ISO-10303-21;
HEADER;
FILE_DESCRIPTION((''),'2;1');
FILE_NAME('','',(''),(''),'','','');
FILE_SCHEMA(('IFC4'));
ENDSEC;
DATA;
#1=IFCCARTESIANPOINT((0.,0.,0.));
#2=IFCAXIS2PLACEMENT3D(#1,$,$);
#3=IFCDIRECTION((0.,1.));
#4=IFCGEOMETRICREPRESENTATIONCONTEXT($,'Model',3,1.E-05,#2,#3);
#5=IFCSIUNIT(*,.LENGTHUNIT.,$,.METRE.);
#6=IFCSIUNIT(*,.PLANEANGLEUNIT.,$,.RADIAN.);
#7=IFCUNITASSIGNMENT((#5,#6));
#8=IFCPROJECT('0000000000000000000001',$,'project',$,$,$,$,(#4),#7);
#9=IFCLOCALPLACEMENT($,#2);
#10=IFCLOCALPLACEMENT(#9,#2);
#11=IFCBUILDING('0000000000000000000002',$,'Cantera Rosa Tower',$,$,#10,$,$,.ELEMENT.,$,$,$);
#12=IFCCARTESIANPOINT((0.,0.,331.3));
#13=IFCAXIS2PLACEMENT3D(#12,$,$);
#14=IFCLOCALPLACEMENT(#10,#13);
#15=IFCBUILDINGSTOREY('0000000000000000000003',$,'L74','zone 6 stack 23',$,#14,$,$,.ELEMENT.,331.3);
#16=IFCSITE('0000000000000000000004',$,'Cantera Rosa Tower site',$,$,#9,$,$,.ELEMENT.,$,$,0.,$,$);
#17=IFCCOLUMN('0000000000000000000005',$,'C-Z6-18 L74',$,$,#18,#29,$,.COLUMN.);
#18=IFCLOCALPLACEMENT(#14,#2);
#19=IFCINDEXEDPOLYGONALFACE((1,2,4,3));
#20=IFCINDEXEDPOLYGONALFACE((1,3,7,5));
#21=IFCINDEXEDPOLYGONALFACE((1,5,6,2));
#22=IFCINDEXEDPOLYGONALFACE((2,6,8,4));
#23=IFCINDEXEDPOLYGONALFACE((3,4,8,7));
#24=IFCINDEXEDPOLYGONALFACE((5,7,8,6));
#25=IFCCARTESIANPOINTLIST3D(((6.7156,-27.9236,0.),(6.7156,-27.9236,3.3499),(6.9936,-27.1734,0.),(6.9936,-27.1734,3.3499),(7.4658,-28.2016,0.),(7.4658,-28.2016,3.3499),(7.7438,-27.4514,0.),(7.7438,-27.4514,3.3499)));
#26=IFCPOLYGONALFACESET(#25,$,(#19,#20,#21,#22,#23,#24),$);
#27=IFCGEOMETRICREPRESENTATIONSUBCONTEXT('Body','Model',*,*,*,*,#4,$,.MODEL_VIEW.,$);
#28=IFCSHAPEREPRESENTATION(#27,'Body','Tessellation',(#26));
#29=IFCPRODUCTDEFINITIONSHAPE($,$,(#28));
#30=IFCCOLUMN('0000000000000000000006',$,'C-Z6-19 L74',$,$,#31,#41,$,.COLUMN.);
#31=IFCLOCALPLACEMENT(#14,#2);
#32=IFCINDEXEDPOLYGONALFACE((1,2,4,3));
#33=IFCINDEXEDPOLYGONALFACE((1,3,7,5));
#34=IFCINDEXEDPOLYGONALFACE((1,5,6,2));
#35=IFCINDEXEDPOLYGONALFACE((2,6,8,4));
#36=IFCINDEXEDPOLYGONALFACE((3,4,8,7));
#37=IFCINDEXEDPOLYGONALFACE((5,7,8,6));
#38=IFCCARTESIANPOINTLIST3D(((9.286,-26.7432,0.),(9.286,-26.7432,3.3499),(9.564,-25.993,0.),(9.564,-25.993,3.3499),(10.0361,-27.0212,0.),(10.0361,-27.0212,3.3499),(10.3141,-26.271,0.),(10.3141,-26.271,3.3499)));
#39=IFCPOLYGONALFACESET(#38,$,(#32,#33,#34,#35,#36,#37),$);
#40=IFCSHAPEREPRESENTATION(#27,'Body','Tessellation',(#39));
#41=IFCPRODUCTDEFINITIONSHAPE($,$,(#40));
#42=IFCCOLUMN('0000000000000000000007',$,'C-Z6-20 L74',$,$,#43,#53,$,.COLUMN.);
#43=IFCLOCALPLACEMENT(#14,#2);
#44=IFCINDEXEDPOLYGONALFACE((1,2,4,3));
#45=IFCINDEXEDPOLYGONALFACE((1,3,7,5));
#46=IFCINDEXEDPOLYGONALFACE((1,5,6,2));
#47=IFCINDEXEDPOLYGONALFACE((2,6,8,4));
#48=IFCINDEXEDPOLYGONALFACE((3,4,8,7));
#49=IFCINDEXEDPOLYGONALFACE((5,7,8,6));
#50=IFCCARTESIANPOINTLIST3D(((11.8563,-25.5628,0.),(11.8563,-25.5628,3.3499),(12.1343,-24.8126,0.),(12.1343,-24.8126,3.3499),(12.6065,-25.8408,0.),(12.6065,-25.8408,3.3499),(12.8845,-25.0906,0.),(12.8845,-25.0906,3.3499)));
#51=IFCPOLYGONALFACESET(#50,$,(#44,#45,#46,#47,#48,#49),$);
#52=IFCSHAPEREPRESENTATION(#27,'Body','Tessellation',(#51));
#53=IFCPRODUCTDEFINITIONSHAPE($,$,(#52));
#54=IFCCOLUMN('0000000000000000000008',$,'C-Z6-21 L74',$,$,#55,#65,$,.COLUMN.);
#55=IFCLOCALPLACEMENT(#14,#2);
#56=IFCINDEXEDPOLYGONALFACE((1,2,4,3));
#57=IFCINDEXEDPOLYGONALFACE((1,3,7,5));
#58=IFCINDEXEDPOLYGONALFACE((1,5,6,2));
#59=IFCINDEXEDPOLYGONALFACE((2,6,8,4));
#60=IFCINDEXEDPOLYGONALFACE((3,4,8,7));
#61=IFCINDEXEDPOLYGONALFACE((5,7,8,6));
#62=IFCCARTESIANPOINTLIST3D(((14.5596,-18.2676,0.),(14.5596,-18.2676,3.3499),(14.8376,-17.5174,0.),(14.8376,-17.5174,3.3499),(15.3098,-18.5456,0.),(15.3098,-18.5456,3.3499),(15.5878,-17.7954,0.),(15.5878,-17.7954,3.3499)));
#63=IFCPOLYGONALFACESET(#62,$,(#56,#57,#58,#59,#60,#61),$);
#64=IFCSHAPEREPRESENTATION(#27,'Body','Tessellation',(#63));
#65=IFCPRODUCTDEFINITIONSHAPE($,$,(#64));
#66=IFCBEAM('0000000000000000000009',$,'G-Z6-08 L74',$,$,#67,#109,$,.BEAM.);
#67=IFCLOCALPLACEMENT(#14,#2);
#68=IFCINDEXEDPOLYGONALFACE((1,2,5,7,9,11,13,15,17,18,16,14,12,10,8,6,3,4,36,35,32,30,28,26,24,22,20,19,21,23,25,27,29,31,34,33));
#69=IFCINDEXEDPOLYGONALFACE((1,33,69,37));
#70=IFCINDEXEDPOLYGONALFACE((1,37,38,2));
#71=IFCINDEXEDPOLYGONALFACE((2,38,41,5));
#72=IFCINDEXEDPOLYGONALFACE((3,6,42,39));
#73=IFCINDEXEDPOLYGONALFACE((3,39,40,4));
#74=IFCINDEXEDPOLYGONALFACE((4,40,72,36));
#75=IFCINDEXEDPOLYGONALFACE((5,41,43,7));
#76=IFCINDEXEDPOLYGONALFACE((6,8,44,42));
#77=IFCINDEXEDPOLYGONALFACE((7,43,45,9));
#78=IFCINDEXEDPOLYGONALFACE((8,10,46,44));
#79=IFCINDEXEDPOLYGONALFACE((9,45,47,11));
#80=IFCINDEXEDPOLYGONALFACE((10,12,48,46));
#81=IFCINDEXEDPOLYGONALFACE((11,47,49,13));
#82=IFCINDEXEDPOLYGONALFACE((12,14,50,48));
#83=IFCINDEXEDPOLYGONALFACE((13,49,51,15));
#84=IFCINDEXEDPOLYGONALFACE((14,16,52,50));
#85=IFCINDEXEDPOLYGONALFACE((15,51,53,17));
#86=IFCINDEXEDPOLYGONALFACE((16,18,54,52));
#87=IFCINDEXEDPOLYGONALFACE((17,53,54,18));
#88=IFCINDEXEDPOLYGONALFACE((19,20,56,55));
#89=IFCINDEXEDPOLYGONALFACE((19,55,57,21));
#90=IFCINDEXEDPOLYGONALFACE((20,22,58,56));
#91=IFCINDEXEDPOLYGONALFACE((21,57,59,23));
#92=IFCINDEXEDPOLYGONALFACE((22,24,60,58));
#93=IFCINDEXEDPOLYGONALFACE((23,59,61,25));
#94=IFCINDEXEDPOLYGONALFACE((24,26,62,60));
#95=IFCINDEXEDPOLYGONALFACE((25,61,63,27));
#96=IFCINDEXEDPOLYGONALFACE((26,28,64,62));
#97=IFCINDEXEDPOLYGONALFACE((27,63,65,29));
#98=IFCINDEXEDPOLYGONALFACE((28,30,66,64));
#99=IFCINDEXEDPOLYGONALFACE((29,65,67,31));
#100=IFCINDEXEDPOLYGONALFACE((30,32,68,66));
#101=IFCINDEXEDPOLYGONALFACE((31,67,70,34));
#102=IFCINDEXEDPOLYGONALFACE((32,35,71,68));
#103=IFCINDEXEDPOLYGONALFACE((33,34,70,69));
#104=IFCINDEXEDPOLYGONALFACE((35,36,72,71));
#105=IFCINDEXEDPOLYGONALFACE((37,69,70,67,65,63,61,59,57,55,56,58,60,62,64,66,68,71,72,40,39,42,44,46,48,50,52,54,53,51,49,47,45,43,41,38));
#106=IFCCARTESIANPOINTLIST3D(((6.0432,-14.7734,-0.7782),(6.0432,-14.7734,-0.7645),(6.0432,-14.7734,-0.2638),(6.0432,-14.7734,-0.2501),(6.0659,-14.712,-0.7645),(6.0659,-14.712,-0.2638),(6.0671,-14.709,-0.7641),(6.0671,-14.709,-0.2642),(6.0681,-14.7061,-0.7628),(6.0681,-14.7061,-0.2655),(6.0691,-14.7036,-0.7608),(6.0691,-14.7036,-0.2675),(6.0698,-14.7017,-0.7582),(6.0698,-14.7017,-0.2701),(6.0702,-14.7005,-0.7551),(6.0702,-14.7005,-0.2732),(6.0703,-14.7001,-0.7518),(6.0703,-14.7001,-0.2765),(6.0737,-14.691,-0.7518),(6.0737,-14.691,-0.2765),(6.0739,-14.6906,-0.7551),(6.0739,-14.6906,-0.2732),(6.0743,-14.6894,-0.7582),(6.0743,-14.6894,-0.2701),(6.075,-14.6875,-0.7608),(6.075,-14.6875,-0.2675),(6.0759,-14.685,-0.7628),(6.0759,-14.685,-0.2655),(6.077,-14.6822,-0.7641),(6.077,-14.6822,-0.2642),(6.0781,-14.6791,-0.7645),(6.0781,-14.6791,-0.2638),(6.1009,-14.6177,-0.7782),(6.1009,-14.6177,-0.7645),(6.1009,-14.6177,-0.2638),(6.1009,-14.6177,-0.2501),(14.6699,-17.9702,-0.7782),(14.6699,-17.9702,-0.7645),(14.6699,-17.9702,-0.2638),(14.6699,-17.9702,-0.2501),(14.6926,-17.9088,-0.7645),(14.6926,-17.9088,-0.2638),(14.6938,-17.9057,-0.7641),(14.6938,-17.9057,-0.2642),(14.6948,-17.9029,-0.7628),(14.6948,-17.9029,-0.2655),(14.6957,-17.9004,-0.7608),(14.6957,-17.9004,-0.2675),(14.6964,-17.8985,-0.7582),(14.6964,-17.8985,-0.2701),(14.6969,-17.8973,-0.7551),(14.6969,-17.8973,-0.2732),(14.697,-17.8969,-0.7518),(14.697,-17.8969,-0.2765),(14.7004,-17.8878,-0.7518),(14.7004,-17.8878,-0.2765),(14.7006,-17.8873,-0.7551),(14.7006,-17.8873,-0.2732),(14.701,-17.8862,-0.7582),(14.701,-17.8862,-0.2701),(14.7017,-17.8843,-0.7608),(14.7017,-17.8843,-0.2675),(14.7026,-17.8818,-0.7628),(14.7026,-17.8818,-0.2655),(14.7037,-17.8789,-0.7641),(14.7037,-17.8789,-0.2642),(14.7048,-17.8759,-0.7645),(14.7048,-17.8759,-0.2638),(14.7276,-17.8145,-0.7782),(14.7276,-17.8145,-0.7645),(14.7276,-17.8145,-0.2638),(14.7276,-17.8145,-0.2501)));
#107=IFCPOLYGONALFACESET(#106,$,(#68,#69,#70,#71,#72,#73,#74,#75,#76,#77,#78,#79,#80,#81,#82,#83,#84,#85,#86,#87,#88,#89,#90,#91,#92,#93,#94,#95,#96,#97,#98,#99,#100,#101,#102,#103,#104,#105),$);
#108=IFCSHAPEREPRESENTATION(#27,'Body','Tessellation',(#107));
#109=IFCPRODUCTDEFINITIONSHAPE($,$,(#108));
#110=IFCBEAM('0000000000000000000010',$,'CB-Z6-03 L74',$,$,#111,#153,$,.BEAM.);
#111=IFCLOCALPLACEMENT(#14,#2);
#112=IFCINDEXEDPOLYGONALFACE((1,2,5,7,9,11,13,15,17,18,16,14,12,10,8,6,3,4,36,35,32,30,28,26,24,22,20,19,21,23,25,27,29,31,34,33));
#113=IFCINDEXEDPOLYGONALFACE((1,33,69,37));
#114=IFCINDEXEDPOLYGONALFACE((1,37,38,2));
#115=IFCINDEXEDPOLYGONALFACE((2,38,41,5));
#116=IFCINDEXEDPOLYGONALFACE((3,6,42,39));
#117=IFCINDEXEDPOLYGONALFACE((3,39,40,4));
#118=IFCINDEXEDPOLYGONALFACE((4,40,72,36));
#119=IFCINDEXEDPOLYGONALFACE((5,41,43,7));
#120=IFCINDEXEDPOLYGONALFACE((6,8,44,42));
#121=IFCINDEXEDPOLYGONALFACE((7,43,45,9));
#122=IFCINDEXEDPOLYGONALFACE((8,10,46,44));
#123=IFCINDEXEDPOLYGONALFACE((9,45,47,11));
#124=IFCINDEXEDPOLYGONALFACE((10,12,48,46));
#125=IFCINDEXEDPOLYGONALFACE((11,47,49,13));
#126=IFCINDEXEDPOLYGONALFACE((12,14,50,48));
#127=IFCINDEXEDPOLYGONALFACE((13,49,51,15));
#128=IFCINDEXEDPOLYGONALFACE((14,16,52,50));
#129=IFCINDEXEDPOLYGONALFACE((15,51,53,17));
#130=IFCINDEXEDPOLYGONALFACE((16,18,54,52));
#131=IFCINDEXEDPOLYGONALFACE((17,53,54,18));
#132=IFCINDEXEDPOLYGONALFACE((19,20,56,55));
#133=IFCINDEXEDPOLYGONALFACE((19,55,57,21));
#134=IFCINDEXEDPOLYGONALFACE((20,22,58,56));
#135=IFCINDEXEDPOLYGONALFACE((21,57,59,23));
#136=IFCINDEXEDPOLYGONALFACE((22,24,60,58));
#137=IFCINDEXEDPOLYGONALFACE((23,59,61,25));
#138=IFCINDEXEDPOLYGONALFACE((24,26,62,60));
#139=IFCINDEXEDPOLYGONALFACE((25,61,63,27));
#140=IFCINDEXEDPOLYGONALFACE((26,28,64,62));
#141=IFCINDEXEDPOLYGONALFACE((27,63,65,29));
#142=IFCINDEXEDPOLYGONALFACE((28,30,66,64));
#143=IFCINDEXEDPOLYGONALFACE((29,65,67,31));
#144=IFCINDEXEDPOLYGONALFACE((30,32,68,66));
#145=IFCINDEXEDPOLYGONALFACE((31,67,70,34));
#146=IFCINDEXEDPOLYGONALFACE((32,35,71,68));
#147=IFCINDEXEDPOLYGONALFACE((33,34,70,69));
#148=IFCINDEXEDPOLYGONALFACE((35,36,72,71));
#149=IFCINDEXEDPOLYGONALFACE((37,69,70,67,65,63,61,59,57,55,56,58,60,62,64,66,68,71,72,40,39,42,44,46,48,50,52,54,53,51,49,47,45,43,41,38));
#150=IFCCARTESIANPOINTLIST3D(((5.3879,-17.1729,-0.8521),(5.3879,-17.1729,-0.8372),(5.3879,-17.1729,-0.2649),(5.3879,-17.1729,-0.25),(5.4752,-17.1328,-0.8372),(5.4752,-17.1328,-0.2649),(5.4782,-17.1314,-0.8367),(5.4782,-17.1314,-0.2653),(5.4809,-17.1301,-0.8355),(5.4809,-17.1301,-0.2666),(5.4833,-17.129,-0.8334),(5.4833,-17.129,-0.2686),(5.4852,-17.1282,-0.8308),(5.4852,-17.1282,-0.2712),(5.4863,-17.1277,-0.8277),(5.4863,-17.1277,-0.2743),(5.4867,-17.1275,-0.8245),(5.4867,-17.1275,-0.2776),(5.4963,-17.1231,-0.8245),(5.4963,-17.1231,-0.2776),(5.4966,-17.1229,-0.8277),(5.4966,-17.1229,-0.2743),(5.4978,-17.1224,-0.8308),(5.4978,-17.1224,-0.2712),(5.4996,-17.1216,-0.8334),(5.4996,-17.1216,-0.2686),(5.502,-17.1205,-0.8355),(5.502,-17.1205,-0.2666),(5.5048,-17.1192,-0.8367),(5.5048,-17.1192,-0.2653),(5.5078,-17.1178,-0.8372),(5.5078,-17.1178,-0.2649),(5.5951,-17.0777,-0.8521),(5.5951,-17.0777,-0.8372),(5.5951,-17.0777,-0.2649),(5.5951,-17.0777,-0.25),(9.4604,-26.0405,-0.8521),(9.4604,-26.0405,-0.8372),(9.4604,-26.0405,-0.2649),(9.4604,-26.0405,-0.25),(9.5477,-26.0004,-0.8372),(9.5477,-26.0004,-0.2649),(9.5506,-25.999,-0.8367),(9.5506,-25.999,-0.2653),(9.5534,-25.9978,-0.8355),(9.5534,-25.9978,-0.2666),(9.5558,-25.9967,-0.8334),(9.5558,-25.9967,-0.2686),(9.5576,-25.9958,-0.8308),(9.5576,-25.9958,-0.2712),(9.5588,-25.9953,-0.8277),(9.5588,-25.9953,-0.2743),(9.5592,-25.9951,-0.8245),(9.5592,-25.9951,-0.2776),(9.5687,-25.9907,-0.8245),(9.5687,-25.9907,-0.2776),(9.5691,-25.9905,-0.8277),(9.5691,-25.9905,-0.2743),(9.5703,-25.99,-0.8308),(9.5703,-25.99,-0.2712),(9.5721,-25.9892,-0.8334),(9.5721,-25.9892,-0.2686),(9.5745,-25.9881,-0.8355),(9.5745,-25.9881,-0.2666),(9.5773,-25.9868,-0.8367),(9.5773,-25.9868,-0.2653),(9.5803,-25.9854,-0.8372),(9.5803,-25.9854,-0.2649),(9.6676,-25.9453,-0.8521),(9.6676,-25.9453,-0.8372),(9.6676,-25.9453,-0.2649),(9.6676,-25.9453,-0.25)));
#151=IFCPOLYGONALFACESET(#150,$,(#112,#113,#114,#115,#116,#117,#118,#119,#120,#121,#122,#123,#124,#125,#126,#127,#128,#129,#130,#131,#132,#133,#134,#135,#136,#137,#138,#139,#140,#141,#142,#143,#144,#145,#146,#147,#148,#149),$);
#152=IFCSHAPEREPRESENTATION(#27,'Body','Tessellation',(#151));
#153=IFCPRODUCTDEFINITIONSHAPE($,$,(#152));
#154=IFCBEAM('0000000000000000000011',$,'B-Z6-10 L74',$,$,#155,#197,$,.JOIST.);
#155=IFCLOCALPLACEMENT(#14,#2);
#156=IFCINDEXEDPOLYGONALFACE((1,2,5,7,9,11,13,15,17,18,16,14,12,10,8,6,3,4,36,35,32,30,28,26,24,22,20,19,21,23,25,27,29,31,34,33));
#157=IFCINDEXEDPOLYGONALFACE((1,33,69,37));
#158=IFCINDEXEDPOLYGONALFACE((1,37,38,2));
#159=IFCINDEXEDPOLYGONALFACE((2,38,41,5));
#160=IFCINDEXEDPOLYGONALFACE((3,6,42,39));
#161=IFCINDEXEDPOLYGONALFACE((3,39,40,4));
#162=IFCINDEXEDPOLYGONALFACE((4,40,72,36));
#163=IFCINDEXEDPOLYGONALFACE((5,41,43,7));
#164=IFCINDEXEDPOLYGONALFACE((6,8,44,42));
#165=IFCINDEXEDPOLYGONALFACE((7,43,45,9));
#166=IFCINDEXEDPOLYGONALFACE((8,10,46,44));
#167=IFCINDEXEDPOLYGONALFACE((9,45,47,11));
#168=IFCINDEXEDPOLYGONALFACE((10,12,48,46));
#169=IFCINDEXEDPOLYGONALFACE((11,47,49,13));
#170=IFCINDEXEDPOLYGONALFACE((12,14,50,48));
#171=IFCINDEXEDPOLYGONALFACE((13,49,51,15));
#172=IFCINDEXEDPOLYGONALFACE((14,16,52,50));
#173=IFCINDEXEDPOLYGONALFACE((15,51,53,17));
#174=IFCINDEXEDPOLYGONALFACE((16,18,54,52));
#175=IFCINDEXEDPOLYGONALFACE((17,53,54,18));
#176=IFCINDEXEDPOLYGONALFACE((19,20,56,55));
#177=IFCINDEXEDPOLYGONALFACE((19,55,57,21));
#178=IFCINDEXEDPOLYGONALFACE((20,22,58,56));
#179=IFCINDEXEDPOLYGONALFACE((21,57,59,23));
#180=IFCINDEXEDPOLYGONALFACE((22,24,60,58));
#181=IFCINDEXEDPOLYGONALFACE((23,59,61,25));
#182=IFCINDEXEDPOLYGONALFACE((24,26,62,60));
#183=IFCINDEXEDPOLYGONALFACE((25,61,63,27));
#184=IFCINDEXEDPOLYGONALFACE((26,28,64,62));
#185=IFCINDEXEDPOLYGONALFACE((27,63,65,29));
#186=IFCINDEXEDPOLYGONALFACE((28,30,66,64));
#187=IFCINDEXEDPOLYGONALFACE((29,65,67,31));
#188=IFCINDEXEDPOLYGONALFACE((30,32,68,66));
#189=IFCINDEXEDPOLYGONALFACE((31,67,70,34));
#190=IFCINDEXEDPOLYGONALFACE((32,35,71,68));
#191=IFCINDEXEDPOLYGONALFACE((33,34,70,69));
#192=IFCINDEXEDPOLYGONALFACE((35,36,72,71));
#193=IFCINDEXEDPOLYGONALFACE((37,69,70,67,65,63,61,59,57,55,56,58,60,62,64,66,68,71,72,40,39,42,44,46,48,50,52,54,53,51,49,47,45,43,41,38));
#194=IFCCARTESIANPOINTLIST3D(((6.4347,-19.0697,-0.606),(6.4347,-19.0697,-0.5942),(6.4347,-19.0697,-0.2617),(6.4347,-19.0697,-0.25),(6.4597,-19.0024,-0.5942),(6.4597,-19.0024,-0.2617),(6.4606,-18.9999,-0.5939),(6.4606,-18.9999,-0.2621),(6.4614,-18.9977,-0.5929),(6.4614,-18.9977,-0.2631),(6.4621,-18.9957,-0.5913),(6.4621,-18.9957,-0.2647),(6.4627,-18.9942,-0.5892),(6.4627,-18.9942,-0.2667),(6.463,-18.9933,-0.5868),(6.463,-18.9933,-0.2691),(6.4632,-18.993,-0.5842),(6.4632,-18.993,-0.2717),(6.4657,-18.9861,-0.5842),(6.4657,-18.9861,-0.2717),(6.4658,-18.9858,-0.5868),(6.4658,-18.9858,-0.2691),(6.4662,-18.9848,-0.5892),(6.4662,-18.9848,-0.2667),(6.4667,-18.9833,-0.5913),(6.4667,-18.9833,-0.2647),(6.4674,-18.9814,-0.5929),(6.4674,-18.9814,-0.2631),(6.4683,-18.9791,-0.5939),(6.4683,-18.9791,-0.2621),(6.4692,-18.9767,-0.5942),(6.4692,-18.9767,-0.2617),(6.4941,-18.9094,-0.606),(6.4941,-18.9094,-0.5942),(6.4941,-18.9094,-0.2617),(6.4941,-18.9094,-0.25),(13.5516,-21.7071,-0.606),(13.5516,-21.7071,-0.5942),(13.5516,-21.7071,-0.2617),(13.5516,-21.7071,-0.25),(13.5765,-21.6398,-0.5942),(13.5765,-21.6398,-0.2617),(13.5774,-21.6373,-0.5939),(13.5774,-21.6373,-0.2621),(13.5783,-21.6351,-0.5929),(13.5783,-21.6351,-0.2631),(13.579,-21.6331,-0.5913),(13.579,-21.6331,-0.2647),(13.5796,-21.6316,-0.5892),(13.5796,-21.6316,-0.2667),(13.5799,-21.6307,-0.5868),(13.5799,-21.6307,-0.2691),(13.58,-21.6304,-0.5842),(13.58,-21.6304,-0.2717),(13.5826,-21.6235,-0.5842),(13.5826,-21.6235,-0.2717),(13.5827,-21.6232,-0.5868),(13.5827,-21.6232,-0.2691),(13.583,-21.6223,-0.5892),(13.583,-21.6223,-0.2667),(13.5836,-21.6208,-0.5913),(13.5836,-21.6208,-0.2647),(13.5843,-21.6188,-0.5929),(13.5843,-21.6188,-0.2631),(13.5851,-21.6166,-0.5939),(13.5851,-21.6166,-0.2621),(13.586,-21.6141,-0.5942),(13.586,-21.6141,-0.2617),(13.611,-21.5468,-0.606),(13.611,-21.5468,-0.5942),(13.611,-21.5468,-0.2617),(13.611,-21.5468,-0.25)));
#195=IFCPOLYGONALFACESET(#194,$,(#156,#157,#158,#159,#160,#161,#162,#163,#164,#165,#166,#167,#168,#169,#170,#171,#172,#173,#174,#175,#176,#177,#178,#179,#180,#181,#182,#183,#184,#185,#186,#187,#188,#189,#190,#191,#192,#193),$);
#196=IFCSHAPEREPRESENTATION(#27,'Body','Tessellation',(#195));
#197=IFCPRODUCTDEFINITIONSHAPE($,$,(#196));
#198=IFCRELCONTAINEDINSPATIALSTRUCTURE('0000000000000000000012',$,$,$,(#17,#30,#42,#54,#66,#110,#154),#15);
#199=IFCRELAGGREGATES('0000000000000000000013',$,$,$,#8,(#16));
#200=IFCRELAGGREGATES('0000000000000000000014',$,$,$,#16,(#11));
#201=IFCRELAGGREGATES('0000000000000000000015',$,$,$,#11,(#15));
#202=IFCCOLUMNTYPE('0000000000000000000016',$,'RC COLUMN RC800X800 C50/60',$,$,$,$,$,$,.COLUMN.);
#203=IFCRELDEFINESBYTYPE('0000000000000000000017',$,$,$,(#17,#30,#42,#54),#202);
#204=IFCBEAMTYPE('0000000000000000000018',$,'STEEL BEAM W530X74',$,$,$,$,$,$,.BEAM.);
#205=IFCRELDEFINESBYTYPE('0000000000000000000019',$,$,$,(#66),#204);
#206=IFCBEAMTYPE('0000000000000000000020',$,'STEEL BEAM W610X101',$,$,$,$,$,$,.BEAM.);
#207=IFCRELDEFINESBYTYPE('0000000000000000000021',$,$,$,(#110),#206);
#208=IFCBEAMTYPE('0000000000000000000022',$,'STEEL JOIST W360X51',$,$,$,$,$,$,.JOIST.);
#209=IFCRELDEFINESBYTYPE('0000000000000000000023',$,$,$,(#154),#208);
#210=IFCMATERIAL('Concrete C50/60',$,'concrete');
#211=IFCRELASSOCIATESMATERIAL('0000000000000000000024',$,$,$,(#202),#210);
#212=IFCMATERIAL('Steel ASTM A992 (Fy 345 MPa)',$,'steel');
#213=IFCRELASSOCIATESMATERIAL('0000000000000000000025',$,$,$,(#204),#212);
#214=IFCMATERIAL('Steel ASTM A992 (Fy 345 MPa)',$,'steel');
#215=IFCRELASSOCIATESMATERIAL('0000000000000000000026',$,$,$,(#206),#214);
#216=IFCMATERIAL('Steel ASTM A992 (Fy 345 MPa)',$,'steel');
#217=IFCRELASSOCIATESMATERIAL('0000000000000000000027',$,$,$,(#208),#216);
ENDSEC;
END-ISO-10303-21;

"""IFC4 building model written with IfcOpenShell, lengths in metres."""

from ifc_helpers import new_model, si_unit, direction, frame, origin, origin_2d, place, context, subcontext, project, spatial, rectangle, i_section, extrude, material, material_profile, profile_set, type_object, element, save


model = new_model("IFC4")

# Units and contexts
model_context = context("Model", 3, precision=1e-05, world=origin(), true_north=direction((0.0, 1.0)))
body_context = subcontext(model_context, "Body", "Model", "MODEL_VIEW")
ifc_project = project(units=[si_unit("LENGTHUNIT", "METRE"), si_unit("PLANEANGLEUNIT", "RADIAN")], contexts=[model_context])

# Site, building, storey
site_placement = place(None, origin())
site = spatial("IfcSite", under=ifc_project, at=site_placement, Name="Cantera Rosa Tower site", CompositionType="ELEMENT", RefElevation=0.0)
building_placement = place(site_placement, origin())
building = spatial("IfcBuilding", under=site, at=building_placement, Name="Cantera Rosa Tower", CompositionType="ELEMENT")
storey_placement = place(building_placement, frame((0.0, 0.0, 331.3)))
storey = spatial("IfcBuildingStorey", under=building, at=storey_placement, Name="L74", Description="zone 6 stack 23", CompositionType="ELEMENT", Elevation=331.3)

# Columns
ifc_material_1 = material(Name="Concrete C50/60", Category="concrete")
ifc_material_profile_1 = material_profile(ifc_material_1, rectangle(XDim=0.8, YDim=0.8, at=origin_2d()), Name="RC COLUMN RC800X800 C50/60")
ifc_profile_set_1 = profile_set([ifc_material_profile_1], Name="Concrete C50/60")
column_type = type_object("IfcColumnType", Name="RC COLUMN RC800X800 C50/60", PredefinedType="COLUMN", material=ifc_profile_set_1)
for number, where, z_axis, x_axis, name in (
    (1, (7.2297, -27.6875, 0.0), (0.0, 0.0, 1.0), (0.347481, 0.937687, 0.0), "C-Z6-18 L74"),
    (2, (9.8, -26.5071, 0.0), (0.0, 0.0, 1.0), (0.347481, 0.937687, 0.0), "C-Z6-19 L74"),
    (3, (12.3704, -25.3267, 0.0), (0.0, 0.0, 1.0), (0.347481, 0.937687, 0.0), "C-Z6-20 L74"),
    (4, (15.0737, -18.0315, 0.0), (0.0, 0.0, 1.0), (0.347481, 0.937687, 0.0), "C-Z6-21 L74"),
):
    element("IfcColumn", number, at=place(storey_placement, frame(where, z_axis=z_axis, x_axis=x_axis)), inside=storey, type_object=column_type, Name=name, PredefinedType="COLUMN", context=body_context, shape_type="SweptSolid", body=[
        extrude(rectangle(XDim=0.8, YDim=0.8, at=origin_2d()), origin(), (0.0, 0.0, 1.0), 3.3499),
    ])

# Beams
ifc_material_2 = material(Name="Steel ASTM A992 (Fy 345 MPa)", Category="steel")
ifc_material_profile_2 = material_profile(ifc_material_2, i_section(OverallWidth=0.166, OverallDepth=0.5281, WebThickness=0.0098, FlangeThickness=0.0137, FilletRadius=0.0127, at=origin_2d()), Name="W530X74")
ifc_profile_set_2 = profile_set([ifc_material_profile_2], Name="Steel ASTM A992 (Fy 345 MPa)")
beam_type_1 = type_object("IfcBeamType", Name="STEEL BEAM W530X74", PredefinedType="BEAM", material=ifc_profile_set_2)
beam_1_placement = place(storey_placement, frame((14.6987, -17.8923, -0.5142), z_axis=(-0.937689, 0.347477, 0.0), x_axis=(-0.347477, -0.937689, 0.0)))
element("IfcBeam", 5, at=beam_1_placement, inside=storey, type_object=beam_type_1, Name="G-Z6-08 L74", PredefinedType="BEAM", context=body_context, shape_type="SweptSolid", body=[
    extrude(i_section(OverallWidth=0.166, OverallDepth=0.5281, WebThickness=0.0098, FlangeThickness=0.0137, FilletRadius=0.0127, at=origin_2d()), origin(), (0.0, 0.0, 1.0), 9.2),
])
ifc_material_3 = material(Name="Steel ASTM A992 (Fy 345 MPa)", Category="steel")
ifc_material_profile_3 = material_profile(ifc_material_3, i_section(OverallWidth=0.228, OverallDepth=0.6021, WebThickness=0.0105, FlangeThickness=0.0149, FilletRadius=0.0127, at=origin_2d()), Name="W610X101")
ifc_profile_set_3 = profile_set([ifc_material_profile_3], Name="Steel ASTM A992 (Fy 345 MPa)")
beam_type_2 = type_object("IfcBeamType", Name="STEEL BEAM W610X101", PredefinedType="BEAM", material=ifc_profile_set_3)
beam_2_placement = place(storey_placement, frame((9.564, -25.9929, -0.551), z_axis=(-0.417346, 0.908748, 0.0), x_axis=(-0.908748, -0.417346, 0.0)))
element("IfcBeam", 6, at=beam_2_placement, inside=storey, type_object=beam_type_2, Name="CB-Z6-03 L74", PredefinedType="BEAM", context=body_context, shape_type="SweptSolid", body=[
    extrude(i_section(OverallWidth=0.228, OverallDepth=0.6021, WebThickness=0.0105, FlangeThickness=0.0149, FilletRadius=0.0127, at=origin_2d()), origin(), (0.0, 0.0, 1.0), 9.7581),
])
ifc_material_4 = material(Name="Steel ASTM A992 (Fy 345 MPa)", Category="steel")
ifc_material_profile_4 = material_profile(ifc_material_4, i_section(OverallWidth=0.1709, OverallDepth=0.356, WebThickness=0.0073, FlangeThickness=0.0117, FilletRadius=0.01, at=origin_2d()), Name="W360X51")
ifc_profile_set_4 = profile_set([ifc_material_profile_4], Name="Steel ASTM A992 (Fy 345 MPa)")
beam_type_3 = type_object("IfcBeamType", Name="STEEL JOIST W360X51", PredefinedType="JOIST", material=ifc_profile_set_4)
beam_3_placement = place(storey_placement, frame((13.5813, -21.627, -0.428), z_axis=(-0.937682, 0.347493, 0.0), x_axis=(-0.347493, -0.937682, 0.0)))
element("IfcBeam", 7, at=beam_3_placement, inside=storey, type_object=beam_type_3, Name="B-Z6-10 L74", PredefinedType="JOIST", context=body_context, shape_type="SweptSolid", body=[
    extrude(i_section(OverallWidth=0.1709, OverallDepth=0.356, WebThickness=0.0073, FlangeThickness=0.0117, FilletRadius=0.01, at=origin_2d()), origin(), (0.0, 0.0, 1.0), 7.5898),
])

save(model, "model.ifc")
